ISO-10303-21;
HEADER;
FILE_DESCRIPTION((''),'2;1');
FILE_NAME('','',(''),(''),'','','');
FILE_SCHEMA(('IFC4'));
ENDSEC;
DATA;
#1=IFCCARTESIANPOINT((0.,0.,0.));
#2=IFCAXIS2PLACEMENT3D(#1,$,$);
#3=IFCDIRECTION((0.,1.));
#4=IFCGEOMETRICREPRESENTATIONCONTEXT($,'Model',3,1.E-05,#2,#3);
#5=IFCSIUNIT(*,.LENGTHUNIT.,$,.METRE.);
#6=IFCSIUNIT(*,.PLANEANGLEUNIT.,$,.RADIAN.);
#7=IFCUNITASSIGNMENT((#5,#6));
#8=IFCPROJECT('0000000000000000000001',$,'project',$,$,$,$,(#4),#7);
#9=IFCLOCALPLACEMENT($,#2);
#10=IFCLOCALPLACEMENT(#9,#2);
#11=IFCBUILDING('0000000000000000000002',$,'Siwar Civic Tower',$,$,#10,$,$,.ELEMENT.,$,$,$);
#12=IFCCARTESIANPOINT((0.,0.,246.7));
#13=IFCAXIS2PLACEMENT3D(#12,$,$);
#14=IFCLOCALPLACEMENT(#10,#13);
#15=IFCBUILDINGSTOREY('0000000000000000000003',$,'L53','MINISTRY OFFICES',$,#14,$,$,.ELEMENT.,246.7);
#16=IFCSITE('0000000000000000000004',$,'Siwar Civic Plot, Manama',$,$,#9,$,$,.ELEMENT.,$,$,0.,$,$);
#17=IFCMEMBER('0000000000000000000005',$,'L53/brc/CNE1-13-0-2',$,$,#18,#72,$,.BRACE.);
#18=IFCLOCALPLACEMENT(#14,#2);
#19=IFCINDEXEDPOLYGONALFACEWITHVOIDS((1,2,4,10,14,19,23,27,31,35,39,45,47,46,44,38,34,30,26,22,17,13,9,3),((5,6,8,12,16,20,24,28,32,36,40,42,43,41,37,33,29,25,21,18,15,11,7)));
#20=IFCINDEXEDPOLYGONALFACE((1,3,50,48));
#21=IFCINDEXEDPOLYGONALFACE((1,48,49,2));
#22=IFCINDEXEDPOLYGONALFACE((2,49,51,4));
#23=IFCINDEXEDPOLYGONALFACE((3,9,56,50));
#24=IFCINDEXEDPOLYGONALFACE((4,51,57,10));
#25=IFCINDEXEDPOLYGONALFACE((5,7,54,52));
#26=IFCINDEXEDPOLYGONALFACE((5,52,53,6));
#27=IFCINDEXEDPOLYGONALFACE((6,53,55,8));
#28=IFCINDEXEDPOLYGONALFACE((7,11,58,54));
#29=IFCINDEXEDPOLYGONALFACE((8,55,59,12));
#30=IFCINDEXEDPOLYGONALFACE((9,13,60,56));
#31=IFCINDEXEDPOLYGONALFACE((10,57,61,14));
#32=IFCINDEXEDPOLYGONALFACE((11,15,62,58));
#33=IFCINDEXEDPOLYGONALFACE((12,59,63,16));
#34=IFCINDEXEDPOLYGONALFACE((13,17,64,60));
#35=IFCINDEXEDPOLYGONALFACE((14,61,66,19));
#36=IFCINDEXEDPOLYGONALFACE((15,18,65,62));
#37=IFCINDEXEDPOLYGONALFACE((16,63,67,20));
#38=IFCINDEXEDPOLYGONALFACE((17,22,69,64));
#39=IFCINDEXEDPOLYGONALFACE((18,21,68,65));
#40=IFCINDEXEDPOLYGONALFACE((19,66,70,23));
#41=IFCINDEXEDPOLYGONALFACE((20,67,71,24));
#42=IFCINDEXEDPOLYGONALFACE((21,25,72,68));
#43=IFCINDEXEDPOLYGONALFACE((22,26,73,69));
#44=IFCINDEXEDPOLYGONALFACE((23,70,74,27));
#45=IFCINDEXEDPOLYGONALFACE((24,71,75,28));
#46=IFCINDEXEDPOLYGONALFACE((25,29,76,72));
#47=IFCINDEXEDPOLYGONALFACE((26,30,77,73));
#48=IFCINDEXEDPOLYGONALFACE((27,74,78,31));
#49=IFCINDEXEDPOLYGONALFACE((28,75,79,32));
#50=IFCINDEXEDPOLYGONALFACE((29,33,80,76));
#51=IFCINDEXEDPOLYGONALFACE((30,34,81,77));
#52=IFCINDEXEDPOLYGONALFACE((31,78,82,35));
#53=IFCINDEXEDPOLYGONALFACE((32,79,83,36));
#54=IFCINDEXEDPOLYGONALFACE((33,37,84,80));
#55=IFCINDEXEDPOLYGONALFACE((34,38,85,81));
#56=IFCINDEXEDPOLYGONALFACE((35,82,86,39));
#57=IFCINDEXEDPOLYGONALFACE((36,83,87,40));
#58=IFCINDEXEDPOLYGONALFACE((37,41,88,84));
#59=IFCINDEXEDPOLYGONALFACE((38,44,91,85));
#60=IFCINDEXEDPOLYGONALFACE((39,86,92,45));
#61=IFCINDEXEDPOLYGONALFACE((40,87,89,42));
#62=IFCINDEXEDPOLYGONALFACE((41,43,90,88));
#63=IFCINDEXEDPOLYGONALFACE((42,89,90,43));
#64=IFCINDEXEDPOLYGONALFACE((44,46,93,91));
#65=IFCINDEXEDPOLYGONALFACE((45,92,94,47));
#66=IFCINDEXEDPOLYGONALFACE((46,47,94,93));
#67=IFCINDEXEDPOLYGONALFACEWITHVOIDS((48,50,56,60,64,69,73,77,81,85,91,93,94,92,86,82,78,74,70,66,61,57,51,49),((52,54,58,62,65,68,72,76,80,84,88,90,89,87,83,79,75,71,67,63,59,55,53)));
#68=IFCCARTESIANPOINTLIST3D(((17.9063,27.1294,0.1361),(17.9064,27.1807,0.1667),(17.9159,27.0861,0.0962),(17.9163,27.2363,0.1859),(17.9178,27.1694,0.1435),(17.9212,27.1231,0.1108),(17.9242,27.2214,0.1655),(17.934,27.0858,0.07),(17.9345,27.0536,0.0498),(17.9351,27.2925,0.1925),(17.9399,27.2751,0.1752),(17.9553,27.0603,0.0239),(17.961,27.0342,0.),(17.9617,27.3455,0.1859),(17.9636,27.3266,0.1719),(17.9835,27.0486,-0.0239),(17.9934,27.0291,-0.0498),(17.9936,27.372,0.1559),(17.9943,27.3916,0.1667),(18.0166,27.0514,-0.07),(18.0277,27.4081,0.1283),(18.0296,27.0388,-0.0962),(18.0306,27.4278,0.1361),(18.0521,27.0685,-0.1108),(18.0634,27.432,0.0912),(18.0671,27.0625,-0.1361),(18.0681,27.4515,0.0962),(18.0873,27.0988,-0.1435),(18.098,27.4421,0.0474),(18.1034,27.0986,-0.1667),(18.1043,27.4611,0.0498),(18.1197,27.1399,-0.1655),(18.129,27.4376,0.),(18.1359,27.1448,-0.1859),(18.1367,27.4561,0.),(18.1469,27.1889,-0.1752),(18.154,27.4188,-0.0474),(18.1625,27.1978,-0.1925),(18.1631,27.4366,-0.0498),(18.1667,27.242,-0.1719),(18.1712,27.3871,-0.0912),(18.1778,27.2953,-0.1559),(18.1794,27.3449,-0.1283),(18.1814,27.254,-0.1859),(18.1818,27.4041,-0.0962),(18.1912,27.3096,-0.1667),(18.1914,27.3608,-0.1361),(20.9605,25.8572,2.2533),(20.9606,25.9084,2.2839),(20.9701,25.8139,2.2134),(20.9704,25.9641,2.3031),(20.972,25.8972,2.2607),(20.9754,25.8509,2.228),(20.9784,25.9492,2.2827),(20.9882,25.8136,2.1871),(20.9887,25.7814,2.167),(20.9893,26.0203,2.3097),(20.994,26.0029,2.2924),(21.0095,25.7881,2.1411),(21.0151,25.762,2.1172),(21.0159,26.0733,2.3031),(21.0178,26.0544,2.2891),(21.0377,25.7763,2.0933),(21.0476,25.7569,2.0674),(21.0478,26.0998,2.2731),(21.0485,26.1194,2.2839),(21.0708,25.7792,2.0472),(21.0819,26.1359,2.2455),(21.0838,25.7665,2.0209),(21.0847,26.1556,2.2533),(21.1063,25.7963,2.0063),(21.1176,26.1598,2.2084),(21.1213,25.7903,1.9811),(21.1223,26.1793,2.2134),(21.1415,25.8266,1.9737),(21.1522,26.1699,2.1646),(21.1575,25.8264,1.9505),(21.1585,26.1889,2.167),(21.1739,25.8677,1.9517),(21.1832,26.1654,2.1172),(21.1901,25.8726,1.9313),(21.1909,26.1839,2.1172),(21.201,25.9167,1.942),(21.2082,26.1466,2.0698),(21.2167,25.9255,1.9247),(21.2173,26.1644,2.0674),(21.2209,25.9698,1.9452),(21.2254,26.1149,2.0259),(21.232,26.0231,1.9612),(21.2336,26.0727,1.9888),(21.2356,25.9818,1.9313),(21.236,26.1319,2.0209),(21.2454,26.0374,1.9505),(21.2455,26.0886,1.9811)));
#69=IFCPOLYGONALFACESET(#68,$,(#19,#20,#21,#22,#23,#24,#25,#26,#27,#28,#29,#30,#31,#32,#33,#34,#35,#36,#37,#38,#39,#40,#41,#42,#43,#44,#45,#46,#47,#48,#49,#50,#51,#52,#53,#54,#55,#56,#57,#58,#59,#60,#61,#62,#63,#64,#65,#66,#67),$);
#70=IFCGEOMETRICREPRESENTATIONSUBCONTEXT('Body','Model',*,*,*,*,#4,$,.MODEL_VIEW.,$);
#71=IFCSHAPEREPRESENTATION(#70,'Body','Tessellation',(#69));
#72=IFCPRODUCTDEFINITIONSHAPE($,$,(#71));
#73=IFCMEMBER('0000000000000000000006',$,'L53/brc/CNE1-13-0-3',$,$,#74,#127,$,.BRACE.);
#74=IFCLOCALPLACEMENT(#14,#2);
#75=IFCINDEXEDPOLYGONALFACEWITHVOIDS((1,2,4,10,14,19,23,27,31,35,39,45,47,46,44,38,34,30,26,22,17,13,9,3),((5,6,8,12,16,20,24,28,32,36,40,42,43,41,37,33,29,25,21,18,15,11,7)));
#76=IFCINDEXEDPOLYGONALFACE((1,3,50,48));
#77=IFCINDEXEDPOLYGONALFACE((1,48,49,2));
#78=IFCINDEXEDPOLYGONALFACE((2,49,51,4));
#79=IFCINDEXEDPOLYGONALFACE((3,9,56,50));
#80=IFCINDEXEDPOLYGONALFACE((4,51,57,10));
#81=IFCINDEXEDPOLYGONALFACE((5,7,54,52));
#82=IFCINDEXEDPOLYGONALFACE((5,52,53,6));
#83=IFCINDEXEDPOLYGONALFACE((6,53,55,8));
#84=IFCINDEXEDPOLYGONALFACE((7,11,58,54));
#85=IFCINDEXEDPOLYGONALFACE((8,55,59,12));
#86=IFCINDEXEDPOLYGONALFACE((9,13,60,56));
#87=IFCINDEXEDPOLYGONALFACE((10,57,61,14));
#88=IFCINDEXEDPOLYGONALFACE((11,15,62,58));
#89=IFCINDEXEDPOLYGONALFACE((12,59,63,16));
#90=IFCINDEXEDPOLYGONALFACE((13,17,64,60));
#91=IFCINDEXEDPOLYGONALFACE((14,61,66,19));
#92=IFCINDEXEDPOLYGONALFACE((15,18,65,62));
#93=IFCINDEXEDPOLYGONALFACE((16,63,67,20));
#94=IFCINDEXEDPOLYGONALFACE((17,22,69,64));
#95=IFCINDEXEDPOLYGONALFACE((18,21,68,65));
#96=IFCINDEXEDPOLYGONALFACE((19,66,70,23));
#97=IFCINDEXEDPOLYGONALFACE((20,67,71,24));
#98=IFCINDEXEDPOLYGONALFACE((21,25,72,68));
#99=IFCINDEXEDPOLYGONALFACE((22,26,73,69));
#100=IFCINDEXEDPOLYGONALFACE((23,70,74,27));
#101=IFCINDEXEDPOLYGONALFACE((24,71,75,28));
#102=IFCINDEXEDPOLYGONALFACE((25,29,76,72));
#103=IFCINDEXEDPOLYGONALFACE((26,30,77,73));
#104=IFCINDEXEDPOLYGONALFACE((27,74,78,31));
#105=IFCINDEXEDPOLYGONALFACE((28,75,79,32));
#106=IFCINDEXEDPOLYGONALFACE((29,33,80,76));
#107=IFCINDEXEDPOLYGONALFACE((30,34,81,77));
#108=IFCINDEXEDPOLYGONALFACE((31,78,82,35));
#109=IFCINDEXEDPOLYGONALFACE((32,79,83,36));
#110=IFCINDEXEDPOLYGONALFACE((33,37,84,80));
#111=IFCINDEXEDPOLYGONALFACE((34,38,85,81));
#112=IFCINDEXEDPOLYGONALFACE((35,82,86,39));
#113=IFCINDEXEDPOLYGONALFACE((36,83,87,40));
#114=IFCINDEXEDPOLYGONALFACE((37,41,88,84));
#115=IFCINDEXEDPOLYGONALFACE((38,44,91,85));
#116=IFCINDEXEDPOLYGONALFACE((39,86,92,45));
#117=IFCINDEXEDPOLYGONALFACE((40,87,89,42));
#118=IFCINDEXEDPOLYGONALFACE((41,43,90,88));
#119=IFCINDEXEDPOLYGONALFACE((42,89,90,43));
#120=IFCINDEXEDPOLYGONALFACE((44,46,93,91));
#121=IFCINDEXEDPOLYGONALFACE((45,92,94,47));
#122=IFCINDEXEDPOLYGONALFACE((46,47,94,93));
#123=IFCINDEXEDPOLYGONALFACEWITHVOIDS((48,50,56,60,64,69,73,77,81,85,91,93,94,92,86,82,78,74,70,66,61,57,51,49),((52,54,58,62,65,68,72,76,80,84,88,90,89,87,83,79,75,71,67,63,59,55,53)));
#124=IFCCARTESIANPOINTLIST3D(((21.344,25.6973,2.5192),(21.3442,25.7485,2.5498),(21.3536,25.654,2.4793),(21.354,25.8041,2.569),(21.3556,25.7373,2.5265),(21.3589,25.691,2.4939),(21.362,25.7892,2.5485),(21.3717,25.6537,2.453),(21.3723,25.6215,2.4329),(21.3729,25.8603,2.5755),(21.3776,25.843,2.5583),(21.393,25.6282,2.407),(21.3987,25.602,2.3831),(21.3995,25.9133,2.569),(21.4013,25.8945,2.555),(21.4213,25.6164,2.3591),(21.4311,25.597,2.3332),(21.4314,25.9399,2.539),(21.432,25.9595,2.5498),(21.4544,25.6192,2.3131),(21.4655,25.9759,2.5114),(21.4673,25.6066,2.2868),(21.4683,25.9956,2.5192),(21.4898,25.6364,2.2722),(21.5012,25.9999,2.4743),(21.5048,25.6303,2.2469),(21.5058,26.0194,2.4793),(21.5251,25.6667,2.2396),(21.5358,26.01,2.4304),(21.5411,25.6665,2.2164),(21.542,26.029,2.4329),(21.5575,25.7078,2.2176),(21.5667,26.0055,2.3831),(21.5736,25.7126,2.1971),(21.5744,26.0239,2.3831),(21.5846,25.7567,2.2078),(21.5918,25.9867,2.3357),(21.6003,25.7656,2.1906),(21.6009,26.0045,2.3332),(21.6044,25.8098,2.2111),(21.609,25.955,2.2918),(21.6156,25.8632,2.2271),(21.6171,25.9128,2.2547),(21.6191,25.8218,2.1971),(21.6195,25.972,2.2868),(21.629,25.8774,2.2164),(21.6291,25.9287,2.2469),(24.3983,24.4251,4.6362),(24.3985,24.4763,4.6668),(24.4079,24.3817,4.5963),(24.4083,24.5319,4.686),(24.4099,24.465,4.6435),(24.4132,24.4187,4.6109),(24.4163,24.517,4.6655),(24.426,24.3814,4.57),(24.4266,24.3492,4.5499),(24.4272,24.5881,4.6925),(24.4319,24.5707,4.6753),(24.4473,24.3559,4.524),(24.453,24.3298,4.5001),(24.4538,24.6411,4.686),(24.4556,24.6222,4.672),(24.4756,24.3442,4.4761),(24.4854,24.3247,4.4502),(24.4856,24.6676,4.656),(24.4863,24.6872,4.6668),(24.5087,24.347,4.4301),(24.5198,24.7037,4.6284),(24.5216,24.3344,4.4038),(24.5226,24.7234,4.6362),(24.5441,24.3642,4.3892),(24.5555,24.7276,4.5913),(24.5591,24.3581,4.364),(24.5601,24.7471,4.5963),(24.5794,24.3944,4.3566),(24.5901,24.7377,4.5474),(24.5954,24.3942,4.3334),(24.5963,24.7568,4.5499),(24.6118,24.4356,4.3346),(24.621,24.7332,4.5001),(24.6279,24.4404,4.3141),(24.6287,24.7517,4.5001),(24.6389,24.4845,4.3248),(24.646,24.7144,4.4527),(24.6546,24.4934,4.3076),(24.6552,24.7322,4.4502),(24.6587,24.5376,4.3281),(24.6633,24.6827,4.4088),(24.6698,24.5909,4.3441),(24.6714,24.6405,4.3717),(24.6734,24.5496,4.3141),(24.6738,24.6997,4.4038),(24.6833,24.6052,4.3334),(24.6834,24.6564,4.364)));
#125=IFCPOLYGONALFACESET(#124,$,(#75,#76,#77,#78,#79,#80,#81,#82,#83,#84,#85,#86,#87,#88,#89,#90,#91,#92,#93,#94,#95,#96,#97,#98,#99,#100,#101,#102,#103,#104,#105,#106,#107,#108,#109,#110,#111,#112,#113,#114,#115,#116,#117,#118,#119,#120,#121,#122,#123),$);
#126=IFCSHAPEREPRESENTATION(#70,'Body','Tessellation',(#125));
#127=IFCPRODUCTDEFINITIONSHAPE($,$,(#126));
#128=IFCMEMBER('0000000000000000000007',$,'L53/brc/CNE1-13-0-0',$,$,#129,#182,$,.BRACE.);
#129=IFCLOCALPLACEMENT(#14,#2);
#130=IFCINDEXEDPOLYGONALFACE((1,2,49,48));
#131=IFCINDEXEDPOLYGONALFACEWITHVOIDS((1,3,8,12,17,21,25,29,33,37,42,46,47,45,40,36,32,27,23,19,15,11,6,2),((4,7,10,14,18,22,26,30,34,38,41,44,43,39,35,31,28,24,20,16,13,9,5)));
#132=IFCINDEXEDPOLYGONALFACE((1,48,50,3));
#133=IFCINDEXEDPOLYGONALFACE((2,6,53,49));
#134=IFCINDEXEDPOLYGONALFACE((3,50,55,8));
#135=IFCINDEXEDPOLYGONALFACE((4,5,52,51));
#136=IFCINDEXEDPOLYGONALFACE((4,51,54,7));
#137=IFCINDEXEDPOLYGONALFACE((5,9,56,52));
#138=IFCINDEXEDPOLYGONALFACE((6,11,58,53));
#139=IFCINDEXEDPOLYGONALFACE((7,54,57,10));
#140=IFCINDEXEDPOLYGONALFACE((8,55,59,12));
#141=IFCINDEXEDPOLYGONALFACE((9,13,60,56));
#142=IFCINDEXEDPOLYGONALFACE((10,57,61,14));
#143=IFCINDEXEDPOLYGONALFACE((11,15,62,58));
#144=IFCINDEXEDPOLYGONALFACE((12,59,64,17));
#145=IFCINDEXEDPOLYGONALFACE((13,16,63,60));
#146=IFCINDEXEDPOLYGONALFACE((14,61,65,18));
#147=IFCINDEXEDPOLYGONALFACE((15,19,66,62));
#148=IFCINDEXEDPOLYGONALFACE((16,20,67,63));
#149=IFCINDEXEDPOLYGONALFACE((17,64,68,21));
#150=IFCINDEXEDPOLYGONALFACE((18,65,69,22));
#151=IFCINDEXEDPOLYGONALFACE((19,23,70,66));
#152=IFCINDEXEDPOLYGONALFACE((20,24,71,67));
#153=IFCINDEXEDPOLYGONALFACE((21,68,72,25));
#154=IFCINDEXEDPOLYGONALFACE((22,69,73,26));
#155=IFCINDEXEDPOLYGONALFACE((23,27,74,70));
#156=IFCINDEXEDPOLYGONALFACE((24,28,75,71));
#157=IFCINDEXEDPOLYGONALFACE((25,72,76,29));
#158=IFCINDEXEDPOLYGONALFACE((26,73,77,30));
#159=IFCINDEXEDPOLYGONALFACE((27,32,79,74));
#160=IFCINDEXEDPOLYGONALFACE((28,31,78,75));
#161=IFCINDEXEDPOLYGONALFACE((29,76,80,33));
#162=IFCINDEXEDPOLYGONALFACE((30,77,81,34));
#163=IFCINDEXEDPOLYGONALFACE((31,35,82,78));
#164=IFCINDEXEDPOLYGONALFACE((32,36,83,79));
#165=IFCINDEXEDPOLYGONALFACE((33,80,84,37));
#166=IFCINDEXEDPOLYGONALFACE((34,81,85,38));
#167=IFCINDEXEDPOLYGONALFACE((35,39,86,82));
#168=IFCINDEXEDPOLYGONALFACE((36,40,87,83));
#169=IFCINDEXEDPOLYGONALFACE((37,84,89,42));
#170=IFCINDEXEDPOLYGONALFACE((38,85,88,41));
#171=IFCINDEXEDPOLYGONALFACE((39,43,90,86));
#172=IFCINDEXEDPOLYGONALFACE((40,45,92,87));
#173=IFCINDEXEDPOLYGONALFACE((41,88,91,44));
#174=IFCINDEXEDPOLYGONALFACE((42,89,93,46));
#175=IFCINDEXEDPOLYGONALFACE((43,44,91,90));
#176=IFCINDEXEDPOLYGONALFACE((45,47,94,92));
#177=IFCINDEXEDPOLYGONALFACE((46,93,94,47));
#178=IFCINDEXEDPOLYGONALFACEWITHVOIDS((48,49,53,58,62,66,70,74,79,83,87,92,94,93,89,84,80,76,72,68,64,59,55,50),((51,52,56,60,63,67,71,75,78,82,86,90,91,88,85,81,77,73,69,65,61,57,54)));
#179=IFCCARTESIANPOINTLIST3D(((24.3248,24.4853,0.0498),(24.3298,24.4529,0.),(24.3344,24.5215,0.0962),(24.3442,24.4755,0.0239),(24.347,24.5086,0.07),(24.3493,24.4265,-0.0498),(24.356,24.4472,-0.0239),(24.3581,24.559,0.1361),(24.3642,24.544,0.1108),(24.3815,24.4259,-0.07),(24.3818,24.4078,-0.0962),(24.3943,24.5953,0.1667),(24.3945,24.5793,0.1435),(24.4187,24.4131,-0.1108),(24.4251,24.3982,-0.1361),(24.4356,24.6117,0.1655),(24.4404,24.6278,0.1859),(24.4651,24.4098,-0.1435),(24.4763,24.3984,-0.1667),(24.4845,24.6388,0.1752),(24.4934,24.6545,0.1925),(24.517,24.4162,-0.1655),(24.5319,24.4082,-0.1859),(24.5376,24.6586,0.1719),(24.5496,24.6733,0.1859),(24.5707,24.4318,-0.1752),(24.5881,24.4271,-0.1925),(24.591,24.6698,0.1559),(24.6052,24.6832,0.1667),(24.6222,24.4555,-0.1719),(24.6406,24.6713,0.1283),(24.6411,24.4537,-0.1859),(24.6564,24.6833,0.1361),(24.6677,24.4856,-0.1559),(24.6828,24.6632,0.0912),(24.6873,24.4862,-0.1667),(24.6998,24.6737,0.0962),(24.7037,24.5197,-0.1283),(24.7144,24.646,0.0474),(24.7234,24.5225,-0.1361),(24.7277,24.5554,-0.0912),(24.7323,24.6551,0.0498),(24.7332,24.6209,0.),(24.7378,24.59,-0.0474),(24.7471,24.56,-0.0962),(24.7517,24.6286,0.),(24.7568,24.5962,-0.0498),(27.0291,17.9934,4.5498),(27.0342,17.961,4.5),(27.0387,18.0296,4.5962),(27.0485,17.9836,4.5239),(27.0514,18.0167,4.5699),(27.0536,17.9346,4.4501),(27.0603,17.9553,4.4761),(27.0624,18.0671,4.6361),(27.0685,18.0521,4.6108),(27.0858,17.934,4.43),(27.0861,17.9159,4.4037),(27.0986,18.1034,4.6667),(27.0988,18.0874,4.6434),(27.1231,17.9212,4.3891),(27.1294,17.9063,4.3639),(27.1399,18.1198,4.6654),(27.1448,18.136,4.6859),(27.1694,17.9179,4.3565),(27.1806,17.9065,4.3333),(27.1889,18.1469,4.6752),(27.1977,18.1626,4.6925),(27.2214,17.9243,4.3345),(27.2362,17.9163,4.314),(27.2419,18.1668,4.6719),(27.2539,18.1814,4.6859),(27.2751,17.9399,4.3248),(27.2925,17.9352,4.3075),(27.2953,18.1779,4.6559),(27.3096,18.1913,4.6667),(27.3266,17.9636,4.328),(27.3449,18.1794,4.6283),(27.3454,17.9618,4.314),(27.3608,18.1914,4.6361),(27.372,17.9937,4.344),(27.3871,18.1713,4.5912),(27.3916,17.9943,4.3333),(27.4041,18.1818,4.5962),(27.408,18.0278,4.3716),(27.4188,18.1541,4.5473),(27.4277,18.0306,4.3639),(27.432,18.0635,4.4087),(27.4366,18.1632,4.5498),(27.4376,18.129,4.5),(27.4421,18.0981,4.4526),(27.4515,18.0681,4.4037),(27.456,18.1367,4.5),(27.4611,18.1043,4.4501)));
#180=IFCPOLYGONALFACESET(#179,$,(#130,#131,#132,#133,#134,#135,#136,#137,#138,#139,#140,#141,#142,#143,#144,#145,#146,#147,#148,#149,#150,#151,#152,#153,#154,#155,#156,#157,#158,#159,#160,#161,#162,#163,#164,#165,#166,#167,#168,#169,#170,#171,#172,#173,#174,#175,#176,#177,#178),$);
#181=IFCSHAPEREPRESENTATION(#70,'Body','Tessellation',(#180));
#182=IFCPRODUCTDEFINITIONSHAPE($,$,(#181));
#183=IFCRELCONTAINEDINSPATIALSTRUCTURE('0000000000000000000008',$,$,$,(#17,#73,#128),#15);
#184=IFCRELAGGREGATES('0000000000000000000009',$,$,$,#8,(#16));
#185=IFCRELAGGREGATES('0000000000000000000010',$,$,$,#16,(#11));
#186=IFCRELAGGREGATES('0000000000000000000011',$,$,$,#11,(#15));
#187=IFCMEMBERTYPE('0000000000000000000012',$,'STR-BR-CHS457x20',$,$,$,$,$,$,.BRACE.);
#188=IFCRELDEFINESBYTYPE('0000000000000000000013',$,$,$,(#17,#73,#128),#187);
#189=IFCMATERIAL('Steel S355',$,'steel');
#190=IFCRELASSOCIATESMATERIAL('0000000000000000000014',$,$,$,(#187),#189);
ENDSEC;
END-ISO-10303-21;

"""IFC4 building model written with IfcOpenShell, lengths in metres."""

from ifc_helpers import new_model, si_unit, direction, frame, origin, origin_2d, place, context, subcontext, project, spatial, hollow_circle, extrude, material, material_profile, profile_set, type_object, element, save


model = new_model("IFC4")

# Units and contexts
model_context = context("Model", 3, precision=1e-05, world=origin(), true_north=direction((0.0, 1.0)))
body_context = subcontext(model_context, "Body", "Model", "MODEL_VIEW")
ifc_project = project(units=[si_unit("LENGTHUNIT", "METRE"), si_unit("PLANEANGLEUNIT", "RADIAN")], contexts=[model_context])

# Site, building, storey
site_placement = place(None, origin())
site = spatial("IfcSite", under=ifc_project, at=site_placement, Name="Siwar Civic Plot, Manama", CompositionType="ELEMENT", RefElevation=0.0)
building_placement = place(site_placement, origin())
building = spatial("IfcBuilding", under=site, at=building_placement, Name="Siwar Civic Tower", CompositionType="ELEMENT")
storey_placement = place(building_placement, frame((0.0, 0.0, 246.7)))
storey = spatial("IfcBuildingStorey", under=building, at=storey_placement, Name="L53", Description="MINISTRY OFFICES", CompositionType="ELEMENT", Elevation=246.7)

# Members
ifc_material_1 = material(Name="Steel S355", Category="steel")
ifc_material_profile_1 = material_profile(ifc_material_1, hollow_circle(Radius=0.2285, WallThickness=0.02, at=origin_2d()), Name="CHS457x20")
ifc_profile_set_1 = profile_set([ifc_material_profile_1], Name="Steel S355")
member_type_1 = type_object("IfcMemberType", Name="STR-BR-CHS457x20", PredefinedType="BRACE", material=ifc_profile_set_1)
for number, where, z_axis, x_axis, name in (
    (1, (18.0488, 27.2451, 0.0), (0.777546, -0.323884, 0.538999), (0.384521, 0.923116, 0.0), "L53/brc/CNE1-13-0-2"),
    (2, (21.4866, 25.813, 2.3831), (0.777572, -0.323895, 0.538955), (0.384521, 0.923116, 0.0), "L53/brc/CNE1-13-0-3"),
):
    element("IfcMember", number, at=place(storey_placement, frame(where, z_axis=z_axis, x_axis=x_axis)), inside=storey, type_object=member_type_1, Name=name, PredefinedType="BRACE", context=body_context, shape_type="SweptSolid", body=[
        extrude(hollow_circle(Radius=0.2285, WallThickness=0.02, at=origin_2d()), origin(), (0.0, 0.0, 1.0), 3.928),
    ])
member_1_placement = place(storey_placement, frame((24.5408, 24.5408, 0.0), z_axis=(0.323906, -0.777555, 0.538975), x_axis=(0.923109, 0.384539, 0.0)))
element("IfcMember", 3, at=member_1_placement, inside=storey, type_object=member_type_1, Name="L53/brc/CNE1-13-0-0", PredefinedType="BRACE", context=body_context, shape_type="SweptSolid", body=[
    extrude(hollow_circle(Radius=0.2285, WallThickness=0.02, at=origin_2d()), origin(), (0.0, 0.0, 1.0), 8.3491),
])

save(model, "model.ifc")
